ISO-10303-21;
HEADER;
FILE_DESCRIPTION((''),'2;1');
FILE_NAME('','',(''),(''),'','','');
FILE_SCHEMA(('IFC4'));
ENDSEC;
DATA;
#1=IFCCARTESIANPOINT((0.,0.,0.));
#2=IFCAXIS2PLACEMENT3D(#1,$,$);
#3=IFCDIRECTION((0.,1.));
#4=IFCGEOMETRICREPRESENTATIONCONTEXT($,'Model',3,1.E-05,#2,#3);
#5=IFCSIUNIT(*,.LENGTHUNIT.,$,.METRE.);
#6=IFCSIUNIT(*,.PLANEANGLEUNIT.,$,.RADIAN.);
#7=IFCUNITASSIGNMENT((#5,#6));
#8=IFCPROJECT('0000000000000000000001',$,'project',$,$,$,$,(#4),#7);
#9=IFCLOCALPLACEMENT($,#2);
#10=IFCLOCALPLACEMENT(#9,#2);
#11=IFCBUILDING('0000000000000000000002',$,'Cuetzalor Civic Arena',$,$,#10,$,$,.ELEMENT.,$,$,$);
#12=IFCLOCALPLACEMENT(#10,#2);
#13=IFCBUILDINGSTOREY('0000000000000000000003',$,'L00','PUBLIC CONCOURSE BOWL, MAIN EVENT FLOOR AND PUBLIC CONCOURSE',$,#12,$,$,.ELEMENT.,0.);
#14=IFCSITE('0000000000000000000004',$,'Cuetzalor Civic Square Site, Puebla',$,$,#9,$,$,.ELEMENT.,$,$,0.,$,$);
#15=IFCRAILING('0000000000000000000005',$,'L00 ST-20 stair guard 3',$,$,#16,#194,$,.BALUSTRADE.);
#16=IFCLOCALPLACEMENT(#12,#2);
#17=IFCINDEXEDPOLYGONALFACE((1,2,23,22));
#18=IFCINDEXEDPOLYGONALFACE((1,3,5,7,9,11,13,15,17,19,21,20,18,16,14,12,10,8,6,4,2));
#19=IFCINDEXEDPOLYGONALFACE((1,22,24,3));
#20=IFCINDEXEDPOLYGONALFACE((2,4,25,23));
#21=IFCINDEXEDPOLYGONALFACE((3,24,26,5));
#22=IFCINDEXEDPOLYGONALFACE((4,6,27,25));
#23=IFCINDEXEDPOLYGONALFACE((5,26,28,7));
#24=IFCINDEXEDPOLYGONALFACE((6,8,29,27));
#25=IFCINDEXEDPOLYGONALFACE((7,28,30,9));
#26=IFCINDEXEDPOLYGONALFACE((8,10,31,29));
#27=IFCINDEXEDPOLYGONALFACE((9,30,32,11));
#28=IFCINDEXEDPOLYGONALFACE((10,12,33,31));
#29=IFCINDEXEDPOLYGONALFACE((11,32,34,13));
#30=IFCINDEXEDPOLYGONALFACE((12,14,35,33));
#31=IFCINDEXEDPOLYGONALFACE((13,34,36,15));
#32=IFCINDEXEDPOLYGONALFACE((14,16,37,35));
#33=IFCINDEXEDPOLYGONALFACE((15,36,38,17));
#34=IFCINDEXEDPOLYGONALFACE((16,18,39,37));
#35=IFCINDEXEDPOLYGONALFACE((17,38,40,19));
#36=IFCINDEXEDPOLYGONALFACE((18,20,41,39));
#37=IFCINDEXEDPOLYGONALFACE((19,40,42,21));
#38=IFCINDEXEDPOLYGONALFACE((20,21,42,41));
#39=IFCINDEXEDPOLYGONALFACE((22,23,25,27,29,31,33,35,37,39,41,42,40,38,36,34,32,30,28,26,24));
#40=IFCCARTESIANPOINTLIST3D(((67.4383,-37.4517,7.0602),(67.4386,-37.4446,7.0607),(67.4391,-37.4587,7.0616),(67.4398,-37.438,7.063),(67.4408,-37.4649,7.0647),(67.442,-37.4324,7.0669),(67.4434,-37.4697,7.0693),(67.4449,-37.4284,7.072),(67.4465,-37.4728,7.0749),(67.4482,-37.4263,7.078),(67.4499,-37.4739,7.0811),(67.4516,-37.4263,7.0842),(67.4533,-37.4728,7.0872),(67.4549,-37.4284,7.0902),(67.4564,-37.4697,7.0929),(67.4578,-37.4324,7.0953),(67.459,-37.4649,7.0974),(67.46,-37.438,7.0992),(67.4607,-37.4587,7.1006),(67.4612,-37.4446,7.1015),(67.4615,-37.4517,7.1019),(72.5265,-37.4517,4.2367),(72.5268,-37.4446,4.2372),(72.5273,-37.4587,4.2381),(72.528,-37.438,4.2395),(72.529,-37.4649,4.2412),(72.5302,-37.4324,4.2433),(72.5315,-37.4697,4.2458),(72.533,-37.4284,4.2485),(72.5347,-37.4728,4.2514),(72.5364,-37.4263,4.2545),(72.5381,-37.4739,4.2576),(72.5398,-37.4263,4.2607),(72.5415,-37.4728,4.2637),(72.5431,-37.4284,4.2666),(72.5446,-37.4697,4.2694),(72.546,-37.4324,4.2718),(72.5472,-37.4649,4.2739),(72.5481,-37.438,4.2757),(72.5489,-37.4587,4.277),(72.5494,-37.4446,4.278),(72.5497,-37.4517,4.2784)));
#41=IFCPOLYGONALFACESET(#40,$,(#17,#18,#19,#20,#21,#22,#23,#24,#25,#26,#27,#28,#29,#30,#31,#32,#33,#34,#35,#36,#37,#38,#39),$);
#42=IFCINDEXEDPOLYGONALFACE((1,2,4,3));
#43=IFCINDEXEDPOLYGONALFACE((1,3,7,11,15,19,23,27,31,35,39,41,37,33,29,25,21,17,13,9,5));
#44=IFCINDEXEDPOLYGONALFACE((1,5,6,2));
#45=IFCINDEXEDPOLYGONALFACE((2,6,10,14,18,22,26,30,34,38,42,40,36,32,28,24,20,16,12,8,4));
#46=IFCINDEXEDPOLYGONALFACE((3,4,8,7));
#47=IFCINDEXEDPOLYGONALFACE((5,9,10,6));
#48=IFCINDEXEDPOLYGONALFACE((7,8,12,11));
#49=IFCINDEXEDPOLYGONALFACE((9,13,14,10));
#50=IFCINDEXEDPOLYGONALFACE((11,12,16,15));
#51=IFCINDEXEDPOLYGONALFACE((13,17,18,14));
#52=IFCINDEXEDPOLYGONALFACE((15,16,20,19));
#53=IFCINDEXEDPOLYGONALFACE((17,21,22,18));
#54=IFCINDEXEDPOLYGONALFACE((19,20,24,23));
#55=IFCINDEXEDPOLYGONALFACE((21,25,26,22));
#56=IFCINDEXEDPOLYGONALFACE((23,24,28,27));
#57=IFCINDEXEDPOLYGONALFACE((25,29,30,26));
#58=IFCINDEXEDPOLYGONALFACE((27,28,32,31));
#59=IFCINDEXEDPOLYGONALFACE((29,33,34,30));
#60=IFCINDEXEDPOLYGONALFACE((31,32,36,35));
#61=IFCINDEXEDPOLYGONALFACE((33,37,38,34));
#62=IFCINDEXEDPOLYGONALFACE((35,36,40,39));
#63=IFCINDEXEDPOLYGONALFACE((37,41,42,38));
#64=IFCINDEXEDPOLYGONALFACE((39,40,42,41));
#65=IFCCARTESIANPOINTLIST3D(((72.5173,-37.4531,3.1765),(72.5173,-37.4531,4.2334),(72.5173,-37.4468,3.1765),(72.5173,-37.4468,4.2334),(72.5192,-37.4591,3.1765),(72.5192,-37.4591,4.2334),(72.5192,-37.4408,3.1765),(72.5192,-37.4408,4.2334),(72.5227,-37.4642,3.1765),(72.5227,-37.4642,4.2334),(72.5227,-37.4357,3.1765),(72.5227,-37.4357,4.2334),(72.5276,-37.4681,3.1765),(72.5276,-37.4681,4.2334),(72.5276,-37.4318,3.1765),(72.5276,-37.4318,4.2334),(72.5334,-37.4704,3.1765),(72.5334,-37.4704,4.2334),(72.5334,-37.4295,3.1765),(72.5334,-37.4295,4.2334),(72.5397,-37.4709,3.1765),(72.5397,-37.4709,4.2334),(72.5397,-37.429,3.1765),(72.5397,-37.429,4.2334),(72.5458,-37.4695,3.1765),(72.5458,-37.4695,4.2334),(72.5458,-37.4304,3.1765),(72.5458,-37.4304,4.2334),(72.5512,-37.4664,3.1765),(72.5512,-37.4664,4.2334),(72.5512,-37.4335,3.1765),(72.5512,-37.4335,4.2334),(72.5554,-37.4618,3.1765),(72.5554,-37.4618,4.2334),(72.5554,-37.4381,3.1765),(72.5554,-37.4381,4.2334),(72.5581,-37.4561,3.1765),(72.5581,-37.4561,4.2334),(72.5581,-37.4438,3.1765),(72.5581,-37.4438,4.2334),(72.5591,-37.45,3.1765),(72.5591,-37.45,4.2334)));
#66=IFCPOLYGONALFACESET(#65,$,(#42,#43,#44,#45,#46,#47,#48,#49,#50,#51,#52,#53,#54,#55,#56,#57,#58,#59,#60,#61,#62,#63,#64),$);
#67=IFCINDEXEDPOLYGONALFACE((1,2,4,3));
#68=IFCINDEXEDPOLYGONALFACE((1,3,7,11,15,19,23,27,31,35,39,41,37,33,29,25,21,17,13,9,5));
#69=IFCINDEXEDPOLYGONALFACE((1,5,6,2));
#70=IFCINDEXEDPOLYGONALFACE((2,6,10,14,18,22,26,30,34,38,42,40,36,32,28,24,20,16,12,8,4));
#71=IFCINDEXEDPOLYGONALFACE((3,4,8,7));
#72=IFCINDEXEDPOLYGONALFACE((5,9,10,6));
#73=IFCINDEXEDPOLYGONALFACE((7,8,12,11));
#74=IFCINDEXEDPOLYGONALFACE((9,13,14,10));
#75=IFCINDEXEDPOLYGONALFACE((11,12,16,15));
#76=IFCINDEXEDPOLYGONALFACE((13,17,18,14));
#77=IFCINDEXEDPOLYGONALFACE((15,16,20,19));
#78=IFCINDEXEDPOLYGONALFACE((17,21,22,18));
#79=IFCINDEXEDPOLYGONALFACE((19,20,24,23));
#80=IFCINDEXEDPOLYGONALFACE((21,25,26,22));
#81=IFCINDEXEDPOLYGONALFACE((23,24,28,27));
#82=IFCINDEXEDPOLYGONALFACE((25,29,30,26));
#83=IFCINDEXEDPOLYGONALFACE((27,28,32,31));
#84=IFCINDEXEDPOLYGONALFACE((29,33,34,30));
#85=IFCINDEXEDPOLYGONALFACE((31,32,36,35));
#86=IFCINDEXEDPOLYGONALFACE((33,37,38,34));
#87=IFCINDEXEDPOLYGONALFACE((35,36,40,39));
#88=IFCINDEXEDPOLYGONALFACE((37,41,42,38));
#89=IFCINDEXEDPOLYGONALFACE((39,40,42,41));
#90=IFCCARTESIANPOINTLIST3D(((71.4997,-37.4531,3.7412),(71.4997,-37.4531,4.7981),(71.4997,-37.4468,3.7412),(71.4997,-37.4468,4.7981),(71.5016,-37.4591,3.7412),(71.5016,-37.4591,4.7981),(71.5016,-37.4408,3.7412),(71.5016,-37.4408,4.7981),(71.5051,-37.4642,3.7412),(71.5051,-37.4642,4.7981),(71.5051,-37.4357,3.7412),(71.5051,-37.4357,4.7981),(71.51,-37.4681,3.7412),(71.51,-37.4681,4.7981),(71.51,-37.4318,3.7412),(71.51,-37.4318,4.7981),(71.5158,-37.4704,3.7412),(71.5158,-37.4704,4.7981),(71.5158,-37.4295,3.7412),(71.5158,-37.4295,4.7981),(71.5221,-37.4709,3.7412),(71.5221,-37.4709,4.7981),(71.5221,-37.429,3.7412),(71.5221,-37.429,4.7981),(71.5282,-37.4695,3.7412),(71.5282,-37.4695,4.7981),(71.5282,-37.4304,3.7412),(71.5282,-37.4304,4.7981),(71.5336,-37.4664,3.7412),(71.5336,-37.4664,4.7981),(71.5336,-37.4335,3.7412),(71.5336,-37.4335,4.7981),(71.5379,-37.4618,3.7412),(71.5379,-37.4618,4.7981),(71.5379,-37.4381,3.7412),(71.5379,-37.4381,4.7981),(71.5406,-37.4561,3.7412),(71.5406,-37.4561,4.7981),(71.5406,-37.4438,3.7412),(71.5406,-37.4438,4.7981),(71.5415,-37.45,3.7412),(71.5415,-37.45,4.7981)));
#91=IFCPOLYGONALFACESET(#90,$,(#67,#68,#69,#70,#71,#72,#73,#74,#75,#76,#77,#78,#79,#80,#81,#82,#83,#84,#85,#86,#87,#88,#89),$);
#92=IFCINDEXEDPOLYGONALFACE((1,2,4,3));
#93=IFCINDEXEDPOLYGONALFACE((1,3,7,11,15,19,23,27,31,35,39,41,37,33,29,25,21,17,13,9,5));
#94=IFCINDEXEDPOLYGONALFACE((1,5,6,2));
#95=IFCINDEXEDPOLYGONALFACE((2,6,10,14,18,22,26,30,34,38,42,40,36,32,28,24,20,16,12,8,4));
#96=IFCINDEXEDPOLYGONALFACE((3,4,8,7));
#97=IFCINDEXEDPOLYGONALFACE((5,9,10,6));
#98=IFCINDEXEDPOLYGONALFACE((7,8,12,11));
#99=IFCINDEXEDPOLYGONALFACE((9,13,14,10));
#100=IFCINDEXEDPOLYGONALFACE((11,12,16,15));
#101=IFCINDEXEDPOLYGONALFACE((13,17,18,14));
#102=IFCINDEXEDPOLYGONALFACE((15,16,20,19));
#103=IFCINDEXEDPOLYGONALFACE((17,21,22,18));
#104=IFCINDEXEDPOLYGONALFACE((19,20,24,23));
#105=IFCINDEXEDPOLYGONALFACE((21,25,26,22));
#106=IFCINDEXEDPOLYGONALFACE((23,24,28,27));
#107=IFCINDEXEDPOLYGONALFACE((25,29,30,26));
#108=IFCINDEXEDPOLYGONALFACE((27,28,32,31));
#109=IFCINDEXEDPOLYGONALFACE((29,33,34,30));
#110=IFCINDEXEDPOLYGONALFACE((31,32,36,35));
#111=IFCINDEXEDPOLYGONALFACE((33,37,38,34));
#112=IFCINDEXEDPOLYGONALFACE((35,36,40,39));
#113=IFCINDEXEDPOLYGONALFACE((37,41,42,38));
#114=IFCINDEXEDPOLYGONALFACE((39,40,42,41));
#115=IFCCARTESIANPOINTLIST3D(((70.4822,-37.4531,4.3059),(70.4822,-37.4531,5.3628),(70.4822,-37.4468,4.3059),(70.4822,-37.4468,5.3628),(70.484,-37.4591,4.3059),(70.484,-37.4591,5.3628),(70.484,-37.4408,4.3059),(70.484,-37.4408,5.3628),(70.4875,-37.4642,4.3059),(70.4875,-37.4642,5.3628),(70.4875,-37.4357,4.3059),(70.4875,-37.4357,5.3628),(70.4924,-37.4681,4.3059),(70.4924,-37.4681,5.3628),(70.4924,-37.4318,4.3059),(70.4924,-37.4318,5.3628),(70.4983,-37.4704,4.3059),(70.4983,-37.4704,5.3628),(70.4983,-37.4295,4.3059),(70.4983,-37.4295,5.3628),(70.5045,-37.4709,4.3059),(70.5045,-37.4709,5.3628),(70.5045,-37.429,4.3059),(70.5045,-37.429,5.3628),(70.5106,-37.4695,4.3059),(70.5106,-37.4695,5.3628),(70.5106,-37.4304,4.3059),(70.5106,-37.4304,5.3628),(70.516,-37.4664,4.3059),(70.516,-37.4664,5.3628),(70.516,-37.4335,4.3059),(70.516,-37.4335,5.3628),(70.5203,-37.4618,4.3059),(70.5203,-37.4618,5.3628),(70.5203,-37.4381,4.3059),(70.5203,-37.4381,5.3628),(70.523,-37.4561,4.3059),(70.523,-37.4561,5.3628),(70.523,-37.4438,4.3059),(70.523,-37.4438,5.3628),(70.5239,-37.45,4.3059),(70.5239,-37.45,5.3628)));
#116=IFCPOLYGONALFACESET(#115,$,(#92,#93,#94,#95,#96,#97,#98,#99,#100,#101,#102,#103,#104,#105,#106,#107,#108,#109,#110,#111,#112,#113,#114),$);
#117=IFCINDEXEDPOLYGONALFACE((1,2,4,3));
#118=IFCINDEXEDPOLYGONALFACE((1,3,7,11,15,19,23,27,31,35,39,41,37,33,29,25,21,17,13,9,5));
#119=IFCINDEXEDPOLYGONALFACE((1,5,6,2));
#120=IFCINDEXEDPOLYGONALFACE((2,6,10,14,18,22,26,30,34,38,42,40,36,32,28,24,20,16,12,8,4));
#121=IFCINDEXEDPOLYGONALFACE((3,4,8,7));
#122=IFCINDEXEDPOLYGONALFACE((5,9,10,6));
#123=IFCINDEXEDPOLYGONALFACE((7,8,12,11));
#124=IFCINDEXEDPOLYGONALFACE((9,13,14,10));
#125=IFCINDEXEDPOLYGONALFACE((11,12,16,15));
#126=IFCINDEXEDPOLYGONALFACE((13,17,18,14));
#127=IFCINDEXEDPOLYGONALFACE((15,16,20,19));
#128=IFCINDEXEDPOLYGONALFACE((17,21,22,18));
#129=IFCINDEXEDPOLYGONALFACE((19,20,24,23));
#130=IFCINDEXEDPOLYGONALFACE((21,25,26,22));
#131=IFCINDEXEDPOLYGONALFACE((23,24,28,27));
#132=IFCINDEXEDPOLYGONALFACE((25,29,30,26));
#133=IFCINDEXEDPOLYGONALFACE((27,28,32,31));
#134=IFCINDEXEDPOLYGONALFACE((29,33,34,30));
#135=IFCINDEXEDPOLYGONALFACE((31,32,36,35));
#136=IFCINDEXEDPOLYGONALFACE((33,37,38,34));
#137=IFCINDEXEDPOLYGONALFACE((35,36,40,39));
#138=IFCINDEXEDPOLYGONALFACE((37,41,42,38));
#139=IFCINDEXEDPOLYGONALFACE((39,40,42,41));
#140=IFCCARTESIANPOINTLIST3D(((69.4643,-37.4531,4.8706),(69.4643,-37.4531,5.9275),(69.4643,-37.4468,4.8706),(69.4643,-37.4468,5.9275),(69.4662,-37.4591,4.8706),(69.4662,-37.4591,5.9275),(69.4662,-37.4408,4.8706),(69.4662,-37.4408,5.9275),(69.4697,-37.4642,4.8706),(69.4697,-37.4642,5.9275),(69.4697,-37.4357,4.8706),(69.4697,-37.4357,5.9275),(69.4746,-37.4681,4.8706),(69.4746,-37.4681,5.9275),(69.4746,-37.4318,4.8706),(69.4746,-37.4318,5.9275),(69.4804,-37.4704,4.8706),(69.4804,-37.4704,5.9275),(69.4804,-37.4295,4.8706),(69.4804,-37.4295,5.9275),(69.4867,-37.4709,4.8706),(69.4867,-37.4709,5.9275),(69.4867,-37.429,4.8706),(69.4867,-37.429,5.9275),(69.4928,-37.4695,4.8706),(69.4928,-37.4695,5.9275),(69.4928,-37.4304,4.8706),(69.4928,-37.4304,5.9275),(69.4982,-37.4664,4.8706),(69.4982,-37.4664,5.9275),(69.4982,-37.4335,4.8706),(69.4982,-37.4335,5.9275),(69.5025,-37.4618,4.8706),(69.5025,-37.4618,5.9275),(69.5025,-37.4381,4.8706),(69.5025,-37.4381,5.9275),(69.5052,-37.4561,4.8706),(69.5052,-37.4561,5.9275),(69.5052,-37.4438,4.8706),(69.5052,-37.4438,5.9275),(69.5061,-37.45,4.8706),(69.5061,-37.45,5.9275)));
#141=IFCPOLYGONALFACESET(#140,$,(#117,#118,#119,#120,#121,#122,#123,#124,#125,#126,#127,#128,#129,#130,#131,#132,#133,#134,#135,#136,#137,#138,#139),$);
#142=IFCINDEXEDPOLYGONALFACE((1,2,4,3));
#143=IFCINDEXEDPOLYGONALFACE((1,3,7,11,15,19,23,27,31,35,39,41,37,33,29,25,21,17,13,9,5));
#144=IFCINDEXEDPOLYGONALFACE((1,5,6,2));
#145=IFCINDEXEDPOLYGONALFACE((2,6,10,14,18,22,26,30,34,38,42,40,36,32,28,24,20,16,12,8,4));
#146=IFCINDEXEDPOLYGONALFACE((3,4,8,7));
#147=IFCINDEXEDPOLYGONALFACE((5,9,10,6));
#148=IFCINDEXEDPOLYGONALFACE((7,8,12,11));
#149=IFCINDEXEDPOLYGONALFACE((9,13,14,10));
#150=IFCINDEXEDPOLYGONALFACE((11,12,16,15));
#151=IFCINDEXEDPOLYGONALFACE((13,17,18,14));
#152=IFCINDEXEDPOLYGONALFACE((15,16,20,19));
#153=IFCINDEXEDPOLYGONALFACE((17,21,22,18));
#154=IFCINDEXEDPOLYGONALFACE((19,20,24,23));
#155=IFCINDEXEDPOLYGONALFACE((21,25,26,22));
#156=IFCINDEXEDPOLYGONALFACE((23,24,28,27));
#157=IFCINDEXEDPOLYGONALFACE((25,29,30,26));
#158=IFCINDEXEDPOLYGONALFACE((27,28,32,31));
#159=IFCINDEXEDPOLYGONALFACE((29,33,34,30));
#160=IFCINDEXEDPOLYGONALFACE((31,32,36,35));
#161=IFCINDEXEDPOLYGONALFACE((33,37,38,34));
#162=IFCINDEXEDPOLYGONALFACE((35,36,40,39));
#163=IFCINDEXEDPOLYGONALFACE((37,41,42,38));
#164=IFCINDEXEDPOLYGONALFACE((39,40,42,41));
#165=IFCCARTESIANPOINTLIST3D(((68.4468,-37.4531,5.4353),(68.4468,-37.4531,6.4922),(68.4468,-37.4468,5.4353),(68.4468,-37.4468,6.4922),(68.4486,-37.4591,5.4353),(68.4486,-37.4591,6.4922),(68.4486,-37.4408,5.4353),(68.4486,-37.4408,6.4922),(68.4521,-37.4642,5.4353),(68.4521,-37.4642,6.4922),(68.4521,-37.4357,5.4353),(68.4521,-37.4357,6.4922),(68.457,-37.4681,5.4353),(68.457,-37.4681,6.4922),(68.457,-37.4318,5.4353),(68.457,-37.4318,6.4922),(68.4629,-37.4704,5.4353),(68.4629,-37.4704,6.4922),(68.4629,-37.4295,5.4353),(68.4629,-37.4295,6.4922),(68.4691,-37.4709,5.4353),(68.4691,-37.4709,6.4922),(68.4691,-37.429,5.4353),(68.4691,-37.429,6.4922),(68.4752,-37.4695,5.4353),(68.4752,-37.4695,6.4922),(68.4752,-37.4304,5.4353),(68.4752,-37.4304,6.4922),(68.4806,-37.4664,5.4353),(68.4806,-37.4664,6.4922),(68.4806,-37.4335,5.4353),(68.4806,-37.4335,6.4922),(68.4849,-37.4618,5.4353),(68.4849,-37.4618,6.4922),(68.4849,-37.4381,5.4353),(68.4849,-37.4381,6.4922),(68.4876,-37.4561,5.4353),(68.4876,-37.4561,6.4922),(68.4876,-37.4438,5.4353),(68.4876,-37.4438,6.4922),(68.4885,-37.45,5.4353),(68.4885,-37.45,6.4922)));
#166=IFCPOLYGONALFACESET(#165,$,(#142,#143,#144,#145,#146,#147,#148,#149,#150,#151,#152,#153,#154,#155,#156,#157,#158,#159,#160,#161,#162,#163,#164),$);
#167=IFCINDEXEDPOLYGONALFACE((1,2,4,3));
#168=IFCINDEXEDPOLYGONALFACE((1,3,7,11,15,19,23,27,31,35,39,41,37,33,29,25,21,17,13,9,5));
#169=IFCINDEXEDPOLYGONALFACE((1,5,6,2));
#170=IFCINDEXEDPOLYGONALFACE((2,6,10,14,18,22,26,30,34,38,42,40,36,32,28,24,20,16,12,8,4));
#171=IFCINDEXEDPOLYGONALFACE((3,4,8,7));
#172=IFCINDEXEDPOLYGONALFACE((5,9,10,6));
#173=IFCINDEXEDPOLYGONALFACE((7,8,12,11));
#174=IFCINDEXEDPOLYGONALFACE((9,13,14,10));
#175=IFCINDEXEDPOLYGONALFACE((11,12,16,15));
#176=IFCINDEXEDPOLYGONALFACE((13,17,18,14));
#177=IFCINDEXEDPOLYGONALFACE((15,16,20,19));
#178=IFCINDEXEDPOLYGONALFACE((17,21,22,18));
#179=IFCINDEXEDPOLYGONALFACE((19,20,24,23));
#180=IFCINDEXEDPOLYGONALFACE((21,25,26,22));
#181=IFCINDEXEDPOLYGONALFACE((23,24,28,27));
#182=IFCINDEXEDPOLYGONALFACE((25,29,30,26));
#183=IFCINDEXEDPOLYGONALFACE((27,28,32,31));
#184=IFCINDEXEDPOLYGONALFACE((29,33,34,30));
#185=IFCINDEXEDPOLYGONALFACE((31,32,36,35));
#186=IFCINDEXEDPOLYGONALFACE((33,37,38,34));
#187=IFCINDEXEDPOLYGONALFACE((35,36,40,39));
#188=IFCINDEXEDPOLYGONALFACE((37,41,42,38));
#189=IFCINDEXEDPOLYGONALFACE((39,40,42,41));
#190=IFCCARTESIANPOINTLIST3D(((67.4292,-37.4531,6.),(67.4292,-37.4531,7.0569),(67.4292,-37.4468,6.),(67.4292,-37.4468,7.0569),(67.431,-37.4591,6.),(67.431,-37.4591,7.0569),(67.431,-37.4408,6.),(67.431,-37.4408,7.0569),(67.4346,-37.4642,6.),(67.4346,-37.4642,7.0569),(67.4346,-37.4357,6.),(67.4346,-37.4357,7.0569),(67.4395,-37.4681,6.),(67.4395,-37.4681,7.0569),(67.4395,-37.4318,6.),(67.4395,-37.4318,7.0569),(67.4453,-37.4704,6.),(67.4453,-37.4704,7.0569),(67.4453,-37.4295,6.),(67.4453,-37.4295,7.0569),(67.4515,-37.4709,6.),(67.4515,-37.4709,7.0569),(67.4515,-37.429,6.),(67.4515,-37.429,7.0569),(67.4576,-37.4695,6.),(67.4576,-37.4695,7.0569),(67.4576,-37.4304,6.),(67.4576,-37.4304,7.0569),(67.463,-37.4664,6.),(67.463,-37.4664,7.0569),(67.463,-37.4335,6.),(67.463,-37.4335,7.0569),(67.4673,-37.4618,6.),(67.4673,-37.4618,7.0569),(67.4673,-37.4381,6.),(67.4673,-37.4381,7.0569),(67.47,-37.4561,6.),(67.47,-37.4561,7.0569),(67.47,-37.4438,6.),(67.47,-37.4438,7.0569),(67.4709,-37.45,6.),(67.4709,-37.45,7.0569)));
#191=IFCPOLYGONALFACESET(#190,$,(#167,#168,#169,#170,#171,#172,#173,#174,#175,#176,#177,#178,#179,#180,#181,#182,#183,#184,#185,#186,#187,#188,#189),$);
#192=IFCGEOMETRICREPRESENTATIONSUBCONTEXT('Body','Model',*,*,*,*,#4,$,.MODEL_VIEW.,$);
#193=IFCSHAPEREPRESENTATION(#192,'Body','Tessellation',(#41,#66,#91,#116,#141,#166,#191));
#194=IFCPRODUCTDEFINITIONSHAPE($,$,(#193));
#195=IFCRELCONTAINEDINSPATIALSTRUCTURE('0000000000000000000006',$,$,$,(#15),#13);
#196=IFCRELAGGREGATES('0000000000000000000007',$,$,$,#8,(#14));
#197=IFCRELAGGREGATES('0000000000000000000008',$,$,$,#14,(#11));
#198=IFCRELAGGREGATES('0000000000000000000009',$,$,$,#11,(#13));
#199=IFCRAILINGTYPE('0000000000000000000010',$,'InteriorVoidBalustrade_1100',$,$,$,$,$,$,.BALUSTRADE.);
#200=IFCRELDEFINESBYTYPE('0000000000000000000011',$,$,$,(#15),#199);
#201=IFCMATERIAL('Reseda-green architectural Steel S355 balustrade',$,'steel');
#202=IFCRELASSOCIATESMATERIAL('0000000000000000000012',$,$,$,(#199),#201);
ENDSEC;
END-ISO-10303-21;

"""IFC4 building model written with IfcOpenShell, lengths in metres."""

from ifc_helpers import new_model, si_unit, direction, frame, origin, origin_2d, place, context, subcontext, project, spatial, circle, extrude, material, type_object, element, save


model = new_model("IFC4")

# Units and contexts
model_context = context("Model", 3, precision=1e-05, world=origin(), true_north=direction((0.0, 1.0)))
body_context = subcontext(model_context, "Body", "Model", "MODEL_VIEW")
ifc_project = project(units=[si_unit("LENGTHUNIT", "METRE"), si_unit("PLANEANGLEUNIT", "RADIAN")], contexts=[model_context])

# Site, building, storey
site_placement = place(None, origin())
site = spatial("IfcSite", under=ifc_project, at=site_placement, Name="Cuetzalor Civic Square Site, Puebla", CompositionType="ELEMENT", RefElevation=0.0)
building_placement = place(site_placement, origin())
building = spatial("IfcBuilding", under=site, at=building_placement, Name="Cuetzalor Civic Arena", CompositionType="ELEMENT")
storey_placement = place(building_placement, origin())
storey = spatial("IfcBuildingStorey", under=building, at=storey_placement, Name="L00", Description="PUBLIC CONCOURSE BOWL, MAIN EVENT FLOOR AND PUBLIC CONCOURSE", CompositionType="ELEMENT", Elevation=0.0)

# Railing
ifc_material_1 = material(Name="Reseda-green architectural Steel S355 balustrade", Category="steel")
railing_type_1 = type_object("IfcRailingType", Name="InteriorVoidBalustrade_1100", PredefinedType="BALUSTRADE", material=ifc_material_1)
railing_1_placement = place(storey_placement, frame((72.5381, -37.45, 3.1765)))
element("IfcRailing", 1, at=railing_1_placement, inside=storey, type_object=railing_type_1, Name="L00 ST-20 stair guard 3", PredefinedType="BALUSTRADE", context=body_context, shape_type="SweptSolid", body=[
    extrude(circle(Radius=0.0239, at=origin_2d()), frame((0.0, 0.0, 1.0811), z_axis=(-0.874395, 0.0, 0.485215), x_axis=(0.0, -1.0, 0.0)), (0.0, 0.0, 1.0), 5.8191),
    extrude(circle(Radius=0.021, at=origin_2d()), origin(), (0.0, 0.0, 1.0), 1.0569),
    extrude(circle(Radius=0.021, at=origin_2d()), frame((-1.0176, 0.0, 0.5647)), (0.0, 0.0, 1.0), 1.0569),
    extrude(circle(Radius=0.021, at=origin_2d()), frame((-2.0352, 0.0, 1.1294)), (0.0, 0.0, 1.0), 1.0569),
    extrude(circle(Radius=0.021, at=origin_2d()), frame((-3.053, 0.0, 1.6941)), (0.0, 0.0, 1.0), 1.0569),
    extrude(circle(Radius=0.021, at=origin_2d()), frame((-4.0706, 0.0, 2.2588)), (0.0, 0.0, 1.0), 1.0569),
    extrude(circle(Radius=0.021, at=origin_2d()), frame((-5.0881, 0.0, 2.8235)), (0.0, 0.0, 1.0), 1.0569),
])

save(model, "model.ifc")
